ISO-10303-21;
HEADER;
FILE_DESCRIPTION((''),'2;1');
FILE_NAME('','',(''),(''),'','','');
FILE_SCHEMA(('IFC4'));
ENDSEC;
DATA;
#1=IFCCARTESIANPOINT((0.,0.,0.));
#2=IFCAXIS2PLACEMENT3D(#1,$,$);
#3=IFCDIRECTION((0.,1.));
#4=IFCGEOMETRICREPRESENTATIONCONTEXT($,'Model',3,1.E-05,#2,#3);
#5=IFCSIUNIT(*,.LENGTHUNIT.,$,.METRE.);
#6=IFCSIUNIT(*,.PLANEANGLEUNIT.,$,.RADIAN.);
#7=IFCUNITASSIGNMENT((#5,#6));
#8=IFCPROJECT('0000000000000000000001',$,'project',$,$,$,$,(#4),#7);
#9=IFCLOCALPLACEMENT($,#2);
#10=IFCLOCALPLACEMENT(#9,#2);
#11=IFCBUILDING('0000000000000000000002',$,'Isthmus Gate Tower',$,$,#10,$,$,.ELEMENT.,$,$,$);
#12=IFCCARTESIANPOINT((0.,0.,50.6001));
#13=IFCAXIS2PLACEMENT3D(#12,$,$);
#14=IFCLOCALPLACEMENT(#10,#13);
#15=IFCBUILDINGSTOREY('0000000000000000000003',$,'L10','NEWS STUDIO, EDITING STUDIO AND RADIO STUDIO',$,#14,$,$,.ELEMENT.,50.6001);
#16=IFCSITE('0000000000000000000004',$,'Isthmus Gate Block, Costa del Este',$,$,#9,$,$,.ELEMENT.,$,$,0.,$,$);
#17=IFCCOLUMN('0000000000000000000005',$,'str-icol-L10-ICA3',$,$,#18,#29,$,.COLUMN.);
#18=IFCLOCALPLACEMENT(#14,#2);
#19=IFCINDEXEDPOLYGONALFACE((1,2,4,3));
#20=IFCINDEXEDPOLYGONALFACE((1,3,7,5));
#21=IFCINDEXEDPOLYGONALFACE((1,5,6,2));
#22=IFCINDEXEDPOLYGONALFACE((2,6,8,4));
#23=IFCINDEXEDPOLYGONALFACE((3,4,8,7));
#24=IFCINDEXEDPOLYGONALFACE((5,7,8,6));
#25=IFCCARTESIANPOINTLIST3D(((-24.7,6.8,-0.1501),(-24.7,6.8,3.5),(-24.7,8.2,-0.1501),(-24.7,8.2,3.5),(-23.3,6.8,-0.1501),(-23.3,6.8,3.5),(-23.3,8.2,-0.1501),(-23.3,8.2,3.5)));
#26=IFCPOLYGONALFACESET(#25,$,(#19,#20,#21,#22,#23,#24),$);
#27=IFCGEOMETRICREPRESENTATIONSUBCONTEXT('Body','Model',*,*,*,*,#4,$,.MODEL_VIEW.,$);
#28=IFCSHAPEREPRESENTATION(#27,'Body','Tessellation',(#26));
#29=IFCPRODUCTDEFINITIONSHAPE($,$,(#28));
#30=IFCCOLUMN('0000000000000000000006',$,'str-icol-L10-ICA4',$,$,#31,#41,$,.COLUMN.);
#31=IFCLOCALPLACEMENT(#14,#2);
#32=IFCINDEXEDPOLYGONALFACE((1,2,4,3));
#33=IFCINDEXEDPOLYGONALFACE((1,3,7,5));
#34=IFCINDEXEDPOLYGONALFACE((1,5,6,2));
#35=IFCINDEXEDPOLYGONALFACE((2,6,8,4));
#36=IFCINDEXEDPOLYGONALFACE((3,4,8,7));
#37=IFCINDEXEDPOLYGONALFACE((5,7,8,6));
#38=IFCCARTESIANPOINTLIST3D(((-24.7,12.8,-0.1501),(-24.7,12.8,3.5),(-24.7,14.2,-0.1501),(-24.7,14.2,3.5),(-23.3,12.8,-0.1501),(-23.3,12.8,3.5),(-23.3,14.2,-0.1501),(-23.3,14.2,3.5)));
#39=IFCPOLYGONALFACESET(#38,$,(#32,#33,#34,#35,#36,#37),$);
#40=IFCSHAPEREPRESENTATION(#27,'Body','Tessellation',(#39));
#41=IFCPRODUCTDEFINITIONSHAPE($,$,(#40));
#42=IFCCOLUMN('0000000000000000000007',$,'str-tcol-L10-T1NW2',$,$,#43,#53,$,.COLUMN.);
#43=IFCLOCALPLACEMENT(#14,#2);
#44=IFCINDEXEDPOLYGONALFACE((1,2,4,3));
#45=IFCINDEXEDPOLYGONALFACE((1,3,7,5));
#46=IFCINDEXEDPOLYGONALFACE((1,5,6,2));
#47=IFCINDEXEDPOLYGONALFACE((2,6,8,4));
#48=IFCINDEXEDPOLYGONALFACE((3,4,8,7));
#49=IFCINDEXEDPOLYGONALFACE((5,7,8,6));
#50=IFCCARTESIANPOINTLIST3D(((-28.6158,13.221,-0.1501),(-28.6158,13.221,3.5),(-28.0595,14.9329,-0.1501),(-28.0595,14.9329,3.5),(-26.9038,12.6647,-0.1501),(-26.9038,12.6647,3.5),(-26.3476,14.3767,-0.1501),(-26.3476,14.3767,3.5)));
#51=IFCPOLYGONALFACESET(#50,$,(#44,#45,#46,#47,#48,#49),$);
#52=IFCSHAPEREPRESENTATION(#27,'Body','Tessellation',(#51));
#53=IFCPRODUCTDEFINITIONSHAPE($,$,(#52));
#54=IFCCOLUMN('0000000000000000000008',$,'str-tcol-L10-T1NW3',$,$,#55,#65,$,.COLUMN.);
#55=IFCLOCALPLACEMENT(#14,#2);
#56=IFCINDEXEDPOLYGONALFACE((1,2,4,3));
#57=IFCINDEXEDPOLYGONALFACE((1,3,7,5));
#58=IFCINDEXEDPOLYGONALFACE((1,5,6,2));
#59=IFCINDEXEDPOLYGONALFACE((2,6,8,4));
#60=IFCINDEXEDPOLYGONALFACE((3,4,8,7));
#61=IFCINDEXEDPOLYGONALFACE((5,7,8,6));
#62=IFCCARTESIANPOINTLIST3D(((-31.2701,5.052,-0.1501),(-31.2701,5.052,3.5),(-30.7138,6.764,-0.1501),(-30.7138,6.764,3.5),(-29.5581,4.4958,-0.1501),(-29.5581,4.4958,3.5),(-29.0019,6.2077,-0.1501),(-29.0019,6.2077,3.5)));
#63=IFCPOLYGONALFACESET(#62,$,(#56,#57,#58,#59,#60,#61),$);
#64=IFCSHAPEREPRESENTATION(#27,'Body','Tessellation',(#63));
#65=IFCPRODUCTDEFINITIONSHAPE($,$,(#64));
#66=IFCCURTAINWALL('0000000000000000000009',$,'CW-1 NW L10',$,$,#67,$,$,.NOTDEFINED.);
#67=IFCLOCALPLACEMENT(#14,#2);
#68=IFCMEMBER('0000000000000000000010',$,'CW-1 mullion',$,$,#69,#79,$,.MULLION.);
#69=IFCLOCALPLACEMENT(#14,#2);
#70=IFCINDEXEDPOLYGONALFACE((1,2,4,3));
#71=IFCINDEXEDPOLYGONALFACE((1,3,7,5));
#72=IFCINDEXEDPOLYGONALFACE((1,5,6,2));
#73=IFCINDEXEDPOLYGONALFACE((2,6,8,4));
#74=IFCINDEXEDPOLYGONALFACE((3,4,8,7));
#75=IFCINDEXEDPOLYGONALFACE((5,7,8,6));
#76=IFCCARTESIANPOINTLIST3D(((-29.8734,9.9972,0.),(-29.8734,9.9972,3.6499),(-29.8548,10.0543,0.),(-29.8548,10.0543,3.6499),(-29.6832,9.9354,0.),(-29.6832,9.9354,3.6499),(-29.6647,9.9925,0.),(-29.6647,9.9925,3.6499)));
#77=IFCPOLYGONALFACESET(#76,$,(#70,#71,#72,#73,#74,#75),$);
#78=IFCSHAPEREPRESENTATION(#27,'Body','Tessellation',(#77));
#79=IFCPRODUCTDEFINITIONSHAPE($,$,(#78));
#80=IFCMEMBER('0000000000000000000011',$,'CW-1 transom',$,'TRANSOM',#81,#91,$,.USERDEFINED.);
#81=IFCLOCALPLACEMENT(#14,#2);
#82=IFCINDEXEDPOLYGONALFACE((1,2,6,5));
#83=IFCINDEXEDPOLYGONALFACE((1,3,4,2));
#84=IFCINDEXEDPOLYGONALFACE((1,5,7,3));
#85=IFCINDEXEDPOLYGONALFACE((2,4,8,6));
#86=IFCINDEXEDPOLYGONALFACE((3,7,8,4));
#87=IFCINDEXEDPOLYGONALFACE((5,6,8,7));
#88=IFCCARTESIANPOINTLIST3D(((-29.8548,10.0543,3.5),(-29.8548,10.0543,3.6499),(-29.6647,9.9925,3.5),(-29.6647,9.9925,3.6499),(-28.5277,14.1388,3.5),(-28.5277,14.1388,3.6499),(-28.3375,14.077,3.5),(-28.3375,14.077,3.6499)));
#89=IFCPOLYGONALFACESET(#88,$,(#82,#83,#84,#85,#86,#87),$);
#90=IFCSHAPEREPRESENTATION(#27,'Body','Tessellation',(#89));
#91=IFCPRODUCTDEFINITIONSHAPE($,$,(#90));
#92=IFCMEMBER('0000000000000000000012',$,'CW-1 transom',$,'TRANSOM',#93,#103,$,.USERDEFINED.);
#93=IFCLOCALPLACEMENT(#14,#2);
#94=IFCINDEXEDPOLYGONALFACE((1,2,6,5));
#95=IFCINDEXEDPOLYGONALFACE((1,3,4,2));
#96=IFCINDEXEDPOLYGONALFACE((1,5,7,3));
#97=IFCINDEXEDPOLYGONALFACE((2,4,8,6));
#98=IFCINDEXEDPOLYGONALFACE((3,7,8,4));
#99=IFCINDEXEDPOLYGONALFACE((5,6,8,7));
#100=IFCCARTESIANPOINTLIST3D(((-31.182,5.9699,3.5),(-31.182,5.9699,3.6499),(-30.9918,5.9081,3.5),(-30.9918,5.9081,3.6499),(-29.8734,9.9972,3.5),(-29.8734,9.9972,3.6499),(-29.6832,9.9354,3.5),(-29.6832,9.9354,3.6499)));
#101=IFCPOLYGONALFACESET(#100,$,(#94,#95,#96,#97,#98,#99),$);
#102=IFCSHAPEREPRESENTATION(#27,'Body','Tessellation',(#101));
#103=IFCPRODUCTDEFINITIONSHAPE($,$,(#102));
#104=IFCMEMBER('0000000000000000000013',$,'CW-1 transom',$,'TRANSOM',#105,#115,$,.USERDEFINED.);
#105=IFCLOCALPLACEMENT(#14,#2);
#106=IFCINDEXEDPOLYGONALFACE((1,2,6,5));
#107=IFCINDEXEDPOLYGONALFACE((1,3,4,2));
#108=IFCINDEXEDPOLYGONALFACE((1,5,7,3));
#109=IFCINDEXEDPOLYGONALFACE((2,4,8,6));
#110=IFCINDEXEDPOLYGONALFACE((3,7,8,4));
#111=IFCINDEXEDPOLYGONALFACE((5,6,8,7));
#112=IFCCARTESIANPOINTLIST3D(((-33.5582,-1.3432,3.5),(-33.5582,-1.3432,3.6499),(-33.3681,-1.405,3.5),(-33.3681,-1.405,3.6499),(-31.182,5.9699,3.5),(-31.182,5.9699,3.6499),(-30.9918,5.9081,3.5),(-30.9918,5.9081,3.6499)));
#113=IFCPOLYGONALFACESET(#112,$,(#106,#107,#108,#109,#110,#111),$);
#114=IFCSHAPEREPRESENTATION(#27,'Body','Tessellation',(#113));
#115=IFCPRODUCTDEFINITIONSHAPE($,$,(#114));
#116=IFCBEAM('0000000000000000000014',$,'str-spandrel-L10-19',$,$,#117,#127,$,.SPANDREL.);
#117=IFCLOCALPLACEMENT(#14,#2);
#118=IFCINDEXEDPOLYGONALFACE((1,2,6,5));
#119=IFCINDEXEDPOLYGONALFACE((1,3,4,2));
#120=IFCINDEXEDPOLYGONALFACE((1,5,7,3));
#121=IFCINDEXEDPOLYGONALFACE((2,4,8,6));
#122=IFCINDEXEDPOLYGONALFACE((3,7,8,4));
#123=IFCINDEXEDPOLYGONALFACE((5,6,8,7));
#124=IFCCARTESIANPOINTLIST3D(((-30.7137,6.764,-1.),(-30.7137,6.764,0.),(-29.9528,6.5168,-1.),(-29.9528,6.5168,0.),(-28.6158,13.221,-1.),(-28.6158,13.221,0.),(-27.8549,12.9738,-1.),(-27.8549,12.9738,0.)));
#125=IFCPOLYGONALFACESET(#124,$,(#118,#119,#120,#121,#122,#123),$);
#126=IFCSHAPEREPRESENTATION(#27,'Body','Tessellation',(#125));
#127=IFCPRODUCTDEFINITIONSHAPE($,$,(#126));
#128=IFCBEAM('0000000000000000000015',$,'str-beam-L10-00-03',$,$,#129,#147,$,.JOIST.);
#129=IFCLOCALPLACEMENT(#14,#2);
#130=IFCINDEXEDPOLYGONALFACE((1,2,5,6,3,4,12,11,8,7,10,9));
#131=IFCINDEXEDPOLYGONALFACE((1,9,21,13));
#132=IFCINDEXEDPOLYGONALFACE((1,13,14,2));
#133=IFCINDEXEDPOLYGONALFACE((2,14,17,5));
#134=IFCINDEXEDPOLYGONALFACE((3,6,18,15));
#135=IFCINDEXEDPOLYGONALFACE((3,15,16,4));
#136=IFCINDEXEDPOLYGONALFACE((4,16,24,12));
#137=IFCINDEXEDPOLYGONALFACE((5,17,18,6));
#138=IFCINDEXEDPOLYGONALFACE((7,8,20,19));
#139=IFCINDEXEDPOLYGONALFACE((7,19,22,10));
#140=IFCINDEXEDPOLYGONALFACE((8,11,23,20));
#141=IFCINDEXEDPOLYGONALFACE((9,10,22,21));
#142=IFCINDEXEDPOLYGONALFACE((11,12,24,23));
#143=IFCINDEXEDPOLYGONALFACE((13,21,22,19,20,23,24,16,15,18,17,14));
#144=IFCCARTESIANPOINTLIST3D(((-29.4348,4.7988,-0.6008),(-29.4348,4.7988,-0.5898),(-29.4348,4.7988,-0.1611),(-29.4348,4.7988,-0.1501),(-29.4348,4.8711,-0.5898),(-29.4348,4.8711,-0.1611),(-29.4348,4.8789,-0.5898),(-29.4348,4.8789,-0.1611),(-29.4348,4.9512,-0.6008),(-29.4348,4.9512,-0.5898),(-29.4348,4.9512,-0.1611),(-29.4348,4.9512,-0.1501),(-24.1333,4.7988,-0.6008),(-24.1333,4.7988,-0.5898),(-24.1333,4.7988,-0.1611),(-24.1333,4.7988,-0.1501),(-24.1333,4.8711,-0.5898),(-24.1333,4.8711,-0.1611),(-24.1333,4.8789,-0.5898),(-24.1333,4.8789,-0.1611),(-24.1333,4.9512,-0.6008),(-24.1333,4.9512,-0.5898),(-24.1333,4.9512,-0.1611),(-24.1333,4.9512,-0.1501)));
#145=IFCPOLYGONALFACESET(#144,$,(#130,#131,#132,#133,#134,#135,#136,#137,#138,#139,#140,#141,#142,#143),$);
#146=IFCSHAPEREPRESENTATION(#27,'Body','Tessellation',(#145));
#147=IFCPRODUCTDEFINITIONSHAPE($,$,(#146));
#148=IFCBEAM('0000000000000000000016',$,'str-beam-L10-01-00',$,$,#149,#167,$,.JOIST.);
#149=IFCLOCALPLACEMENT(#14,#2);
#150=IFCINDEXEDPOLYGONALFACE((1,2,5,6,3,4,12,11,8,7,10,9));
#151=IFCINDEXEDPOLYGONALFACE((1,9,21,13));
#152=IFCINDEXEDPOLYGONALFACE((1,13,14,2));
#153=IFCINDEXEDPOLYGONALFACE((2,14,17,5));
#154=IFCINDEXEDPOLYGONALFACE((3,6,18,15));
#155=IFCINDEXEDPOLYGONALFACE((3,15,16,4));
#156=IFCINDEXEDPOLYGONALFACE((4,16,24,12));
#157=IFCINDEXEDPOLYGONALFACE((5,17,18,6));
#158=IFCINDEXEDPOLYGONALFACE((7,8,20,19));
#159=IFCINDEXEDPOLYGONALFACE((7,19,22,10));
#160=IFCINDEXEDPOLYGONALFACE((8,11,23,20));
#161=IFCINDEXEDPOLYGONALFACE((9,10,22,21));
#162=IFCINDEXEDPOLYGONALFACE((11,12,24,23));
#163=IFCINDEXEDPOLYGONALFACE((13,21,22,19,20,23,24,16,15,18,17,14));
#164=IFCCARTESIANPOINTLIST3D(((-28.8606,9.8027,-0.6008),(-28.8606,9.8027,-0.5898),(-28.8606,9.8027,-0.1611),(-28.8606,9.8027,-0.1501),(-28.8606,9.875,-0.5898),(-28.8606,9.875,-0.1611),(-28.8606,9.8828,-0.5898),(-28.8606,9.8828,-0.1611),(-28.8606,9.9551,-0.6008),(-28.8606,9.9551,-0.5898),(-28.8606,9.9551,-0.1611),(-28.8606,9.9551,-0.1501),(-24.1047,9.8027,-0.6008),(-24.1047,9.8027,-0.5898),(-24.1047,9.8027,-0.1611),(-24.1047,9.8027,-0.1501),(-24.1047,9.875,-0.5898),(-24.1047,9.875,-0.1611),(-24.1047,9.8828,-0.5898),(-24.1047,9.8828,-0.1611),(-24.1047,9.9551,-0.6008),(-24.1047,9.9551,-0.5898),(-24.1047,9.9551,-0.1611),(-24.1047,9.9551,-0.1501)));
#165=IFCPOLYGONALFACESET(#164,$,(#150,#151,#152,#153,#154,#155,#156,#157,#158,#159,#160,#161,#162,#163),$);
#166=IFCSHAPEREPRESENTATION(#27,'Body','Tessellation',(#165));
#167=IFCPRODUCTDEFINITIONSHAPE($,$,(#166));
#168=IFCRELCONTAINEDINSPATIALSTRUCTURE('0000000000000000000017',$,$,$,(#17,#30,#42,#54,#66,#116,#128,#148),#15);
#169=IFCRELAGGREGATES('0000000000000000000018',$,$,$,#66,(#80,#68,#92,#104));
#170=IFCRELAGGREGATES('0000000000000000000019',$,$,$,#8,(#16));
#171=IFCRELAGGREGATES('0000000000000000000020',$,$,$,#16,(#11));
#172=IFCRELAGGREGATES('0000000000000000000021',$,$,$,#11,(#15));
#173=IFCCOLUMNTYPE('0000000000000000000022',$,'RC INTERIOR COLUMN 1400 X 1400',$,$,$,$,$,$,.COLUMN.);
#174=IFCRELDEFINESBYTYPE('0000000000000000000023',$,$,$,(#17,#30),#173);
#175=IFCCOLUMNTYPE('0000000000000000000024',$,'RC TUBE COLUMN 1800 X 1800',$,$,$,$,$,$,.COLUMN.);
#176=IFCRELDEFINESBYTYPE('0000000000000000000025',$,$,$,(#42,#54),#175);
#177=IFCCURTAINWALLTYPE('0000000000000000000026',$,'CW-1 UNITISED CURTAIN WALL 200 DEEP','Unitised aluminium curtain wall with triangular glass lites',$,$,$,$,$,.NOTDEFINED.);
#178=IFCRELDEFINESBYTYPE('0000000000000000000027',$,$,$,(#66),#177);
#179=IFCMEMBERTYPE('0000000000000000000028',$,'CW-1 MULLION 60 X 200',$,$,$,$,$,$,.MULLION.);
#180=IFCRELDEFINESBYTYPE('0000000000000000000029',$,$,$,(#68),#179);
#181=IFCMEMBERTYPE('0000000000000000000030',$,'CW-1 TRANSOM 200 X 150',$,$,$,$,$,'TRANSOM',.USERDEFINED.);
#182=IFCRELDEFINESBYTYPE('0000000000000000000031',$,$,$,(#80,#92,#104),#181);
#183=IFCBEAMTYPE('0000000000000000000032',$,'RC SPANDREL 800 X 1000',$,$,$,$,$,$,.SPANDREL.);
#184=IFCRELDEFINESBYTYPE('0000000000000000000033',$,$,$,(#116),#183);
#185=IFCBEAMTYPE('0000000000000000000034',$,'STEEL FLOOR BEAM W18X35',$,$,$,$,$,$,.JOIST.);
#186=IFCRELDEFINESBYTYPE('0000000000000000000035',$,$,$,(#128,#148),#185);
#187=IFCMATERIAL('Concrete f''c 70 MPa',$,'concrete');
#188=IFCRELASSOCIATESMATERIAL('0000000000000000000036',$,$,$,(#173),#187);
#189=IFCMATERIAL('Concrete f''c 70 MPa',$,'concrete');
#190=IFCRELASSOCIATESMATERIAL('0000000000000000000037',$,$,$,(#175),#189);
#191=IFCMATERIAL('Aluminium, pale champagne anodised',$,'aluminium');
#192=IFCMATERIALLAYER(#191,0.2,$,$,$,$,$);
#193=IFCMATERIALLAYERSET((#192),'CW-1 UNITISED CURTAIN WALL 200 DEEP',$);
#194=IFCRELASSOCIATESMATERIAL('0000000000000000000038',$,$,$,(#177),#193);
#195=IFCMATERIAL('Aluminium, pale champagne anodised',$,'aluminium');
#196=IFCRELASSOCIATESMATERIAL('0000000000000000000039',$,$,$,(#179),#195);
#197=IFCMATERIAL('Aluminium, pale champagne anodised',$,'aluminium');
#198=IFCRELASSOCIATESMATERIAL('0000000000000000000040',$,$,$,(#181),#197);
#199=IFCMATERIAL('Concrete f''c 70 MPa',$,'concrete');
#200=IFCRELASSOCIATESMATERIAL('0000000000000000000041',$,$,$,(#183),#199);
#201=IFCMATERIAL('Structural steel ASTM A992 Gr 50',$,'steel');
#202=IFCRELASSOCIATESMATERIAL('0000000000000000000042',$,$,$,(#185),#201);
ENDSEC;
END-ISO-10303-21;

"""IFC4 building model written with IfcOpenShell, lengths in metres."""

from ifc_helpers import new_model, si_unit, direction, frame, origin, origin_2d, place, context, subcontext, project, spatial, rectangle, i_section, extrude, material, layer, layer_set, material_profile, profile_set, type_object, element, aggregate, save


model = new_model("IFC4")

# Units and contexts
model_context = context("Model", 3, precision=1e-05, world=origin(), true_north=direction((0.0, 1.0)))
body_context = subcontext(model_context, "Body", "Model", "MODEL_VIEW")
ifc_project = project(units=[si_unit("LENGTHUNIT", "METRE"), si_unit("PLANEANGLEUNIT", "RADIAN")], contexts=[model_context])

# Site, building, storey
site_placement = place(None, origin())
site = spatial("IfcSite", under=ifc_project, at=site_placement, Name="Isthmus Gate Block, Costa del Este", CompositionType="ELEMENT", RefElevation=0.0)
building_placement = place(site_placement, origin())
building = spatial("IfcBuilding", under=site, at=building_placement, Name="Isthmus Gate Tower", CompositionType="ELEMENT")
storey_placement = place(building_placement, frame((0.0, 0.0, 50.6001)))
storey = spatial("IfcBuildingStorey", under=building, at=storey_placement, Name="L10", Description="NEWS STUDIO, EDITING STUDIO AND RADIO STUDIO", CompositionType="ELEMENT", Elevation=50.6001)

# Columns
ifc_material_1 = material(Name="Concrete f'c 70 MPa", Category="concrete")
ifc_material_profile_1 = material_profile(ifc_material_1, rectangle(XDim=1.3999, YDim=1.3999, at=origin_2d()), Name="RC 1400X1400")
ifc_profile_set_1 = profile_set([ifc_material_profile_1], Name="Concrete f'c 70 MPa")
column_type_1 = type_object("IfcColumnType", Name="RC INTERIOR COLUMN 1400 X 1400", PredefinedType="COLUMN", material=ifc_profile_set_1)
for number, where, z_axis, x_axis, name in (
    (1, (-24.0, 7.5, -0.1501), (0.0, 0.0, 1.0), (1.0, 0.0, 0.0), "str-icol-L10-ICA3"),
    (2, (-24.0, 13.5, -0.1501), (0.0, 0.0, 1.0), (1.0, 0.0, 0.0), "str-icol-L10-ICA4"),
):
    element("IfcColumn", number, at=place(storey_placement, frame(where, z_axis=z_axis, x_axis=x_axis)), inside=storey, type_object=column_type_1, Name=name, PredefinedType="COLUMN", context=body_context, shape_type="SweptSolid", body=[
        extrude(rectangle(XDim=1.3999, YDim=1.3999, at=origin_2d()), origin(), (0.0, 0.0, 1.0), 3.6501),
    ])
ifc_material_2 = material(Name="Concrete f'c 70 MPa", Category="concrete")
ifc_material_profile_2 = material_profile(ifc_material_2, rectangle(XDim=1.8, YDim=1.8, at=origin_2d()), Name="RC 1800X1800")
ifc_profile_set_2 = profile_set([ifc_material_profile_2], Name="Concrete f'c 70 MPa")
column_type_2 = type_object("IfcColumnType", Name="RC TUBE COLUMN 1800 X 1800", PredefinedType="COLUMN", material=ifc_profile_set_2)
for number, where, z_axis, x_axis, name in (
    (3, (-27.4817, 13.7988, -0.1501), (0.0, 0.0, 1.0), (-0.309017, -0.951057, 0.0), "str-tcol-L10-T1NW2"),
    (4, (-30.136, 5.6299, -0.1501), (0.0, 0.0, 1.0), (-0.309017, -0.951057, 0.0), "str-tcol-L10-T1NW3"),
):
    element("IfcColumn", number, at=place(storey_placement, frame(where, z_axis=z_axis, x_axis=x_axis)), inside=storey, type_object=column_type_2, Name=name, PredefinedType="COLUMN", context=body_context, shape_type="SweptSolid", body=[
        extrude(rectangle(XDim=1.8, YDim=1.8, at=origin_2d()), origin(), (0.0, 0.0, 1.0), 3.6501),
    ])

# Curtain wall, members
ifc_material_3 = material(Name="Aluminium, pale champagne anodised", Category="aluminium")
ifc_layer_1 = layer(ifc_material_3, 0.2)
ifc_layer_set_1 = layer_set([ifc_layer_1], Name="CW-1 UNITISED CURTAIN WALL 200 DEEP")
curtain_wall_type = type_object("IfcCurtainWallType", Name="CW-1 UNITISED CURTAIN WALL 200 DEEP", Description="Unitised aluminium curtain wall with triangular glass lites", PredefinedType="NOTDEFINED", material=ifc_layer_set_1)
curtain_wall_placement = place(storey_placement, origin())
curtain_wall = element("IfcCurtainWall", 5, at=curtain_wall_placement, inside=storey, type_object=curtain_wall_type, Name="CW-1 NW L10", PredefinedType="NOTDEFINED")
ifc_material_4 = material(Name="Aluminium, pale champagne anodised", Category="aluminium")
ifc_material_profile_3 = material_profile(ifc_material_4, rectangle(XDim=0.0601, YDim=0.2, at=origin_2d()), Name="60x200")
ifc_profile_set_3 = profile_set([ifc_material_profile_3], Name="Aluminium, pale champagne anodised")
member_type_1 = type_object("IfcMemberType", Name="CW-1 MULLION 60 X 200", PredefinedType="MULLION", material=ifc_profile_set_3)
member_1_placement = place(storey_placement, frame((-29.769, 9.9949, 0.0), z_axis=(0.0, 0.0, 1.0), x_axis=(-0.309017, -0.951057, 0.0)))
member_1 = element("IfcMember", 6, at=member_1_placement, type_object=member_type_1, Name="CW-1 mullion", PredefinedType="MULLION", context=body_context, shape_type="SweptSolid", body=[
    extrude(rectangle(XDim=0.0601, YDim=0.2, at=origin_2d()), origin(), (0.0, 0.0, 1.0), 3.6499),
])
ifc_material_5 = material(Name="Aluminium, pale champagne anodised", Category="aluminium")
ifc_material_profile_4 = material_profile(ifc_material_5, rectangle(XDim=0.2, YDim=0.1499, at=origin_2d()), Name="200x150")
ifc_profile_set_4 = profile_set([ifc_material_profile_4], Name="Aluminium, pale champagne anodised")
member_type_2 = type_object("IfcMemberType", Name="CW-1 TRANSOM 200 X 150", ElementType="TRANSOM", PredefinedType="USERDEFINED", material=ifc_profile_set_4)
member_2_placement = place(storey_placement, frame((-28.4326, 14.1079, 3.575), z_axis=(-0.309022, -0.951055, 0.0), x_axis=(0.951055, -0.309022, 0.0)))
member_2 = element("IfcMember", 7, at=member_2_placement, type_object=member_type_2, Name="CW-1 transom", ObjectType="TRANSOM", PredefinedType="USERDEFINED", context=body_context, shape_type="SweptSolid", body=[
    extrude(rectangle(XDim=0.2, YDim=0.1499, at=origin_2d()), origin(), (0.0, 0.0, 1.0), 4.2947),
])
member_3_placement = place(storey_placement, frame((-29.7783, 9.9663, 3.575), z_axis=(-0.309023, -0.951054, 0.0), x_axis=(0.951054, -0.309023, 0.0)))
member_3 = element("IfcMember", 8, at=member_3_placement, type_object=member_type_2, Name="CW-1 transom", ObjectType="TRANSOM", PredefinedType="USERDEFINED", context=body_context, shape_type="SweptSolid", body=[
    extrude(rectangle(XDim=0.2, YDim=0.1499, at=origin_2d()), origin(), (0.0, 0.0, 1.0), 4.2346),
])
member_4_placement = place(storey_placement, frame((-31.0869, 5.939, 3.575), z_axis=(-0.309027, -0.951053, 0.0), x_axis=(0.951053, -0.309027, 0.0)))
member_4 = element("IfcMember", 9, at=member_4_placement, type_object=member_type_2, Name="CW-1 transom", ObjectType="TRANSOM", PredefinedType="USERDEFINED", context=body_context, shape_type="SweptSolid", body=[
    extrude(rectangle(XDim=0.2, YDim=0.1499, at=origin_2d()), origin(), (0.0, 0.0, 1.0), 7.6895),
])

# Beams
ifc_material_6 = material(Name="Concrete f'c 70 MPa", Category="concrete")
ifc_material_profile_5 = material_profile(ifc_material_6, rectangle(XDim=0.8, YDim=1.0, at=origin_2d()), Name="RC 800X1000")
ifc_profile_set_5 = profile_set([ifc_material_profile_5], Name="Concrete f'c 70 MPa")
beam_type_1 = type_object("IfcBeamType", Name="RC SPANDREL 800 X 1000", PredefinedType="SPANDREL", material=ifc_profile_set_5)
beam_1_placement = place(storey_placement, frame((-30.3333, 6.6404, -0.5), z_axis=(0.309002, 0.951062, 0.0), x_axis=(-0.951062, 0.309002, 0.0)))
element("IfcBeam", 10, at=beam_1_placement, inside=storey, type_object=beam_type_1, Name="str-spandrel-L10-19", PredefinedType="SPANDREL", context=body_context, shape_type="SweptSolid", body=[
    extrude(rectangle(XDim=0.8, YDim=1.0, at=origin_2d()), origin(), (0.0, 0.0, 1.0), 6.7893),
])
ifc_material_7 = material(Name="Structural steel ASTM A992 Gr 50", Category="steel")
ifc_material_profile_6 = material_profile(ifc_material_7, i_section(OverallWidth=0.1523, OverallDepth=0.4507, WebThickness=0.0078, FlangeThickness=0.011, at=origin_2d()), Name="W18X35")
ifc_profile_set_6 = profile_set([ifc_material_profile_6], Name="Structural steel ASTM A992 Gr 50")
beam_type_2 = type_object("IfcBeamType", Name="STEEL FLOOR BEAM W18X35", PredefinedType="JOIST", material=ifc_profile_set_6)
beam_2_placement = place(storey_placement, frame((-29.4348, 4.875, -0.3755), z_axis=(1.0, 0.0, 0.0), x_axis=(0.0, 1.0, 0.0)))
element("IfcBeam", 11, at=beam_2_placement, inside=storey, type_object=beam_type_2, Name="str-beam-L10-00-03", PredefinedType="JOIST", context=body_context, shape_type="SweptSolid", body=[
    extrude(i_section(OverallWidth=0.1523, OverallDepth=0.4507, WebThickness=0.0078, FlangeThickness=0.011, at=origin_2d()), origin(), (0.0, 0.0, 1.0), 5.3015),
])
beam_3_placement = place(storey_placement, frame((-28.8606, 9.8789, -0.3755), z_axis=(1.0, 0.0, 0.0), x_axis=(0.0, 1.0, 0.0)))
element("IfcBeam", 12, at=beam_3_placement, inside=storey, type_object=beam_type_2, Name="str-beam-L10-01-00", PredefinedType="JOIST", context=body_context, shape_type="SweptSolid", body=[
    extrude(i_section(OverallWidth=0.1523, OverallDepth=0.4507, WebThickness=0.0078, FlangeThickness=0.011, at=origin_2d()), origin(), (0.0, 0.0, 1.0), 4.7559),
])

aggregate(curtain_wall, [member_2, member_1, member_3, member_4])

save(model, "model.ifc")
